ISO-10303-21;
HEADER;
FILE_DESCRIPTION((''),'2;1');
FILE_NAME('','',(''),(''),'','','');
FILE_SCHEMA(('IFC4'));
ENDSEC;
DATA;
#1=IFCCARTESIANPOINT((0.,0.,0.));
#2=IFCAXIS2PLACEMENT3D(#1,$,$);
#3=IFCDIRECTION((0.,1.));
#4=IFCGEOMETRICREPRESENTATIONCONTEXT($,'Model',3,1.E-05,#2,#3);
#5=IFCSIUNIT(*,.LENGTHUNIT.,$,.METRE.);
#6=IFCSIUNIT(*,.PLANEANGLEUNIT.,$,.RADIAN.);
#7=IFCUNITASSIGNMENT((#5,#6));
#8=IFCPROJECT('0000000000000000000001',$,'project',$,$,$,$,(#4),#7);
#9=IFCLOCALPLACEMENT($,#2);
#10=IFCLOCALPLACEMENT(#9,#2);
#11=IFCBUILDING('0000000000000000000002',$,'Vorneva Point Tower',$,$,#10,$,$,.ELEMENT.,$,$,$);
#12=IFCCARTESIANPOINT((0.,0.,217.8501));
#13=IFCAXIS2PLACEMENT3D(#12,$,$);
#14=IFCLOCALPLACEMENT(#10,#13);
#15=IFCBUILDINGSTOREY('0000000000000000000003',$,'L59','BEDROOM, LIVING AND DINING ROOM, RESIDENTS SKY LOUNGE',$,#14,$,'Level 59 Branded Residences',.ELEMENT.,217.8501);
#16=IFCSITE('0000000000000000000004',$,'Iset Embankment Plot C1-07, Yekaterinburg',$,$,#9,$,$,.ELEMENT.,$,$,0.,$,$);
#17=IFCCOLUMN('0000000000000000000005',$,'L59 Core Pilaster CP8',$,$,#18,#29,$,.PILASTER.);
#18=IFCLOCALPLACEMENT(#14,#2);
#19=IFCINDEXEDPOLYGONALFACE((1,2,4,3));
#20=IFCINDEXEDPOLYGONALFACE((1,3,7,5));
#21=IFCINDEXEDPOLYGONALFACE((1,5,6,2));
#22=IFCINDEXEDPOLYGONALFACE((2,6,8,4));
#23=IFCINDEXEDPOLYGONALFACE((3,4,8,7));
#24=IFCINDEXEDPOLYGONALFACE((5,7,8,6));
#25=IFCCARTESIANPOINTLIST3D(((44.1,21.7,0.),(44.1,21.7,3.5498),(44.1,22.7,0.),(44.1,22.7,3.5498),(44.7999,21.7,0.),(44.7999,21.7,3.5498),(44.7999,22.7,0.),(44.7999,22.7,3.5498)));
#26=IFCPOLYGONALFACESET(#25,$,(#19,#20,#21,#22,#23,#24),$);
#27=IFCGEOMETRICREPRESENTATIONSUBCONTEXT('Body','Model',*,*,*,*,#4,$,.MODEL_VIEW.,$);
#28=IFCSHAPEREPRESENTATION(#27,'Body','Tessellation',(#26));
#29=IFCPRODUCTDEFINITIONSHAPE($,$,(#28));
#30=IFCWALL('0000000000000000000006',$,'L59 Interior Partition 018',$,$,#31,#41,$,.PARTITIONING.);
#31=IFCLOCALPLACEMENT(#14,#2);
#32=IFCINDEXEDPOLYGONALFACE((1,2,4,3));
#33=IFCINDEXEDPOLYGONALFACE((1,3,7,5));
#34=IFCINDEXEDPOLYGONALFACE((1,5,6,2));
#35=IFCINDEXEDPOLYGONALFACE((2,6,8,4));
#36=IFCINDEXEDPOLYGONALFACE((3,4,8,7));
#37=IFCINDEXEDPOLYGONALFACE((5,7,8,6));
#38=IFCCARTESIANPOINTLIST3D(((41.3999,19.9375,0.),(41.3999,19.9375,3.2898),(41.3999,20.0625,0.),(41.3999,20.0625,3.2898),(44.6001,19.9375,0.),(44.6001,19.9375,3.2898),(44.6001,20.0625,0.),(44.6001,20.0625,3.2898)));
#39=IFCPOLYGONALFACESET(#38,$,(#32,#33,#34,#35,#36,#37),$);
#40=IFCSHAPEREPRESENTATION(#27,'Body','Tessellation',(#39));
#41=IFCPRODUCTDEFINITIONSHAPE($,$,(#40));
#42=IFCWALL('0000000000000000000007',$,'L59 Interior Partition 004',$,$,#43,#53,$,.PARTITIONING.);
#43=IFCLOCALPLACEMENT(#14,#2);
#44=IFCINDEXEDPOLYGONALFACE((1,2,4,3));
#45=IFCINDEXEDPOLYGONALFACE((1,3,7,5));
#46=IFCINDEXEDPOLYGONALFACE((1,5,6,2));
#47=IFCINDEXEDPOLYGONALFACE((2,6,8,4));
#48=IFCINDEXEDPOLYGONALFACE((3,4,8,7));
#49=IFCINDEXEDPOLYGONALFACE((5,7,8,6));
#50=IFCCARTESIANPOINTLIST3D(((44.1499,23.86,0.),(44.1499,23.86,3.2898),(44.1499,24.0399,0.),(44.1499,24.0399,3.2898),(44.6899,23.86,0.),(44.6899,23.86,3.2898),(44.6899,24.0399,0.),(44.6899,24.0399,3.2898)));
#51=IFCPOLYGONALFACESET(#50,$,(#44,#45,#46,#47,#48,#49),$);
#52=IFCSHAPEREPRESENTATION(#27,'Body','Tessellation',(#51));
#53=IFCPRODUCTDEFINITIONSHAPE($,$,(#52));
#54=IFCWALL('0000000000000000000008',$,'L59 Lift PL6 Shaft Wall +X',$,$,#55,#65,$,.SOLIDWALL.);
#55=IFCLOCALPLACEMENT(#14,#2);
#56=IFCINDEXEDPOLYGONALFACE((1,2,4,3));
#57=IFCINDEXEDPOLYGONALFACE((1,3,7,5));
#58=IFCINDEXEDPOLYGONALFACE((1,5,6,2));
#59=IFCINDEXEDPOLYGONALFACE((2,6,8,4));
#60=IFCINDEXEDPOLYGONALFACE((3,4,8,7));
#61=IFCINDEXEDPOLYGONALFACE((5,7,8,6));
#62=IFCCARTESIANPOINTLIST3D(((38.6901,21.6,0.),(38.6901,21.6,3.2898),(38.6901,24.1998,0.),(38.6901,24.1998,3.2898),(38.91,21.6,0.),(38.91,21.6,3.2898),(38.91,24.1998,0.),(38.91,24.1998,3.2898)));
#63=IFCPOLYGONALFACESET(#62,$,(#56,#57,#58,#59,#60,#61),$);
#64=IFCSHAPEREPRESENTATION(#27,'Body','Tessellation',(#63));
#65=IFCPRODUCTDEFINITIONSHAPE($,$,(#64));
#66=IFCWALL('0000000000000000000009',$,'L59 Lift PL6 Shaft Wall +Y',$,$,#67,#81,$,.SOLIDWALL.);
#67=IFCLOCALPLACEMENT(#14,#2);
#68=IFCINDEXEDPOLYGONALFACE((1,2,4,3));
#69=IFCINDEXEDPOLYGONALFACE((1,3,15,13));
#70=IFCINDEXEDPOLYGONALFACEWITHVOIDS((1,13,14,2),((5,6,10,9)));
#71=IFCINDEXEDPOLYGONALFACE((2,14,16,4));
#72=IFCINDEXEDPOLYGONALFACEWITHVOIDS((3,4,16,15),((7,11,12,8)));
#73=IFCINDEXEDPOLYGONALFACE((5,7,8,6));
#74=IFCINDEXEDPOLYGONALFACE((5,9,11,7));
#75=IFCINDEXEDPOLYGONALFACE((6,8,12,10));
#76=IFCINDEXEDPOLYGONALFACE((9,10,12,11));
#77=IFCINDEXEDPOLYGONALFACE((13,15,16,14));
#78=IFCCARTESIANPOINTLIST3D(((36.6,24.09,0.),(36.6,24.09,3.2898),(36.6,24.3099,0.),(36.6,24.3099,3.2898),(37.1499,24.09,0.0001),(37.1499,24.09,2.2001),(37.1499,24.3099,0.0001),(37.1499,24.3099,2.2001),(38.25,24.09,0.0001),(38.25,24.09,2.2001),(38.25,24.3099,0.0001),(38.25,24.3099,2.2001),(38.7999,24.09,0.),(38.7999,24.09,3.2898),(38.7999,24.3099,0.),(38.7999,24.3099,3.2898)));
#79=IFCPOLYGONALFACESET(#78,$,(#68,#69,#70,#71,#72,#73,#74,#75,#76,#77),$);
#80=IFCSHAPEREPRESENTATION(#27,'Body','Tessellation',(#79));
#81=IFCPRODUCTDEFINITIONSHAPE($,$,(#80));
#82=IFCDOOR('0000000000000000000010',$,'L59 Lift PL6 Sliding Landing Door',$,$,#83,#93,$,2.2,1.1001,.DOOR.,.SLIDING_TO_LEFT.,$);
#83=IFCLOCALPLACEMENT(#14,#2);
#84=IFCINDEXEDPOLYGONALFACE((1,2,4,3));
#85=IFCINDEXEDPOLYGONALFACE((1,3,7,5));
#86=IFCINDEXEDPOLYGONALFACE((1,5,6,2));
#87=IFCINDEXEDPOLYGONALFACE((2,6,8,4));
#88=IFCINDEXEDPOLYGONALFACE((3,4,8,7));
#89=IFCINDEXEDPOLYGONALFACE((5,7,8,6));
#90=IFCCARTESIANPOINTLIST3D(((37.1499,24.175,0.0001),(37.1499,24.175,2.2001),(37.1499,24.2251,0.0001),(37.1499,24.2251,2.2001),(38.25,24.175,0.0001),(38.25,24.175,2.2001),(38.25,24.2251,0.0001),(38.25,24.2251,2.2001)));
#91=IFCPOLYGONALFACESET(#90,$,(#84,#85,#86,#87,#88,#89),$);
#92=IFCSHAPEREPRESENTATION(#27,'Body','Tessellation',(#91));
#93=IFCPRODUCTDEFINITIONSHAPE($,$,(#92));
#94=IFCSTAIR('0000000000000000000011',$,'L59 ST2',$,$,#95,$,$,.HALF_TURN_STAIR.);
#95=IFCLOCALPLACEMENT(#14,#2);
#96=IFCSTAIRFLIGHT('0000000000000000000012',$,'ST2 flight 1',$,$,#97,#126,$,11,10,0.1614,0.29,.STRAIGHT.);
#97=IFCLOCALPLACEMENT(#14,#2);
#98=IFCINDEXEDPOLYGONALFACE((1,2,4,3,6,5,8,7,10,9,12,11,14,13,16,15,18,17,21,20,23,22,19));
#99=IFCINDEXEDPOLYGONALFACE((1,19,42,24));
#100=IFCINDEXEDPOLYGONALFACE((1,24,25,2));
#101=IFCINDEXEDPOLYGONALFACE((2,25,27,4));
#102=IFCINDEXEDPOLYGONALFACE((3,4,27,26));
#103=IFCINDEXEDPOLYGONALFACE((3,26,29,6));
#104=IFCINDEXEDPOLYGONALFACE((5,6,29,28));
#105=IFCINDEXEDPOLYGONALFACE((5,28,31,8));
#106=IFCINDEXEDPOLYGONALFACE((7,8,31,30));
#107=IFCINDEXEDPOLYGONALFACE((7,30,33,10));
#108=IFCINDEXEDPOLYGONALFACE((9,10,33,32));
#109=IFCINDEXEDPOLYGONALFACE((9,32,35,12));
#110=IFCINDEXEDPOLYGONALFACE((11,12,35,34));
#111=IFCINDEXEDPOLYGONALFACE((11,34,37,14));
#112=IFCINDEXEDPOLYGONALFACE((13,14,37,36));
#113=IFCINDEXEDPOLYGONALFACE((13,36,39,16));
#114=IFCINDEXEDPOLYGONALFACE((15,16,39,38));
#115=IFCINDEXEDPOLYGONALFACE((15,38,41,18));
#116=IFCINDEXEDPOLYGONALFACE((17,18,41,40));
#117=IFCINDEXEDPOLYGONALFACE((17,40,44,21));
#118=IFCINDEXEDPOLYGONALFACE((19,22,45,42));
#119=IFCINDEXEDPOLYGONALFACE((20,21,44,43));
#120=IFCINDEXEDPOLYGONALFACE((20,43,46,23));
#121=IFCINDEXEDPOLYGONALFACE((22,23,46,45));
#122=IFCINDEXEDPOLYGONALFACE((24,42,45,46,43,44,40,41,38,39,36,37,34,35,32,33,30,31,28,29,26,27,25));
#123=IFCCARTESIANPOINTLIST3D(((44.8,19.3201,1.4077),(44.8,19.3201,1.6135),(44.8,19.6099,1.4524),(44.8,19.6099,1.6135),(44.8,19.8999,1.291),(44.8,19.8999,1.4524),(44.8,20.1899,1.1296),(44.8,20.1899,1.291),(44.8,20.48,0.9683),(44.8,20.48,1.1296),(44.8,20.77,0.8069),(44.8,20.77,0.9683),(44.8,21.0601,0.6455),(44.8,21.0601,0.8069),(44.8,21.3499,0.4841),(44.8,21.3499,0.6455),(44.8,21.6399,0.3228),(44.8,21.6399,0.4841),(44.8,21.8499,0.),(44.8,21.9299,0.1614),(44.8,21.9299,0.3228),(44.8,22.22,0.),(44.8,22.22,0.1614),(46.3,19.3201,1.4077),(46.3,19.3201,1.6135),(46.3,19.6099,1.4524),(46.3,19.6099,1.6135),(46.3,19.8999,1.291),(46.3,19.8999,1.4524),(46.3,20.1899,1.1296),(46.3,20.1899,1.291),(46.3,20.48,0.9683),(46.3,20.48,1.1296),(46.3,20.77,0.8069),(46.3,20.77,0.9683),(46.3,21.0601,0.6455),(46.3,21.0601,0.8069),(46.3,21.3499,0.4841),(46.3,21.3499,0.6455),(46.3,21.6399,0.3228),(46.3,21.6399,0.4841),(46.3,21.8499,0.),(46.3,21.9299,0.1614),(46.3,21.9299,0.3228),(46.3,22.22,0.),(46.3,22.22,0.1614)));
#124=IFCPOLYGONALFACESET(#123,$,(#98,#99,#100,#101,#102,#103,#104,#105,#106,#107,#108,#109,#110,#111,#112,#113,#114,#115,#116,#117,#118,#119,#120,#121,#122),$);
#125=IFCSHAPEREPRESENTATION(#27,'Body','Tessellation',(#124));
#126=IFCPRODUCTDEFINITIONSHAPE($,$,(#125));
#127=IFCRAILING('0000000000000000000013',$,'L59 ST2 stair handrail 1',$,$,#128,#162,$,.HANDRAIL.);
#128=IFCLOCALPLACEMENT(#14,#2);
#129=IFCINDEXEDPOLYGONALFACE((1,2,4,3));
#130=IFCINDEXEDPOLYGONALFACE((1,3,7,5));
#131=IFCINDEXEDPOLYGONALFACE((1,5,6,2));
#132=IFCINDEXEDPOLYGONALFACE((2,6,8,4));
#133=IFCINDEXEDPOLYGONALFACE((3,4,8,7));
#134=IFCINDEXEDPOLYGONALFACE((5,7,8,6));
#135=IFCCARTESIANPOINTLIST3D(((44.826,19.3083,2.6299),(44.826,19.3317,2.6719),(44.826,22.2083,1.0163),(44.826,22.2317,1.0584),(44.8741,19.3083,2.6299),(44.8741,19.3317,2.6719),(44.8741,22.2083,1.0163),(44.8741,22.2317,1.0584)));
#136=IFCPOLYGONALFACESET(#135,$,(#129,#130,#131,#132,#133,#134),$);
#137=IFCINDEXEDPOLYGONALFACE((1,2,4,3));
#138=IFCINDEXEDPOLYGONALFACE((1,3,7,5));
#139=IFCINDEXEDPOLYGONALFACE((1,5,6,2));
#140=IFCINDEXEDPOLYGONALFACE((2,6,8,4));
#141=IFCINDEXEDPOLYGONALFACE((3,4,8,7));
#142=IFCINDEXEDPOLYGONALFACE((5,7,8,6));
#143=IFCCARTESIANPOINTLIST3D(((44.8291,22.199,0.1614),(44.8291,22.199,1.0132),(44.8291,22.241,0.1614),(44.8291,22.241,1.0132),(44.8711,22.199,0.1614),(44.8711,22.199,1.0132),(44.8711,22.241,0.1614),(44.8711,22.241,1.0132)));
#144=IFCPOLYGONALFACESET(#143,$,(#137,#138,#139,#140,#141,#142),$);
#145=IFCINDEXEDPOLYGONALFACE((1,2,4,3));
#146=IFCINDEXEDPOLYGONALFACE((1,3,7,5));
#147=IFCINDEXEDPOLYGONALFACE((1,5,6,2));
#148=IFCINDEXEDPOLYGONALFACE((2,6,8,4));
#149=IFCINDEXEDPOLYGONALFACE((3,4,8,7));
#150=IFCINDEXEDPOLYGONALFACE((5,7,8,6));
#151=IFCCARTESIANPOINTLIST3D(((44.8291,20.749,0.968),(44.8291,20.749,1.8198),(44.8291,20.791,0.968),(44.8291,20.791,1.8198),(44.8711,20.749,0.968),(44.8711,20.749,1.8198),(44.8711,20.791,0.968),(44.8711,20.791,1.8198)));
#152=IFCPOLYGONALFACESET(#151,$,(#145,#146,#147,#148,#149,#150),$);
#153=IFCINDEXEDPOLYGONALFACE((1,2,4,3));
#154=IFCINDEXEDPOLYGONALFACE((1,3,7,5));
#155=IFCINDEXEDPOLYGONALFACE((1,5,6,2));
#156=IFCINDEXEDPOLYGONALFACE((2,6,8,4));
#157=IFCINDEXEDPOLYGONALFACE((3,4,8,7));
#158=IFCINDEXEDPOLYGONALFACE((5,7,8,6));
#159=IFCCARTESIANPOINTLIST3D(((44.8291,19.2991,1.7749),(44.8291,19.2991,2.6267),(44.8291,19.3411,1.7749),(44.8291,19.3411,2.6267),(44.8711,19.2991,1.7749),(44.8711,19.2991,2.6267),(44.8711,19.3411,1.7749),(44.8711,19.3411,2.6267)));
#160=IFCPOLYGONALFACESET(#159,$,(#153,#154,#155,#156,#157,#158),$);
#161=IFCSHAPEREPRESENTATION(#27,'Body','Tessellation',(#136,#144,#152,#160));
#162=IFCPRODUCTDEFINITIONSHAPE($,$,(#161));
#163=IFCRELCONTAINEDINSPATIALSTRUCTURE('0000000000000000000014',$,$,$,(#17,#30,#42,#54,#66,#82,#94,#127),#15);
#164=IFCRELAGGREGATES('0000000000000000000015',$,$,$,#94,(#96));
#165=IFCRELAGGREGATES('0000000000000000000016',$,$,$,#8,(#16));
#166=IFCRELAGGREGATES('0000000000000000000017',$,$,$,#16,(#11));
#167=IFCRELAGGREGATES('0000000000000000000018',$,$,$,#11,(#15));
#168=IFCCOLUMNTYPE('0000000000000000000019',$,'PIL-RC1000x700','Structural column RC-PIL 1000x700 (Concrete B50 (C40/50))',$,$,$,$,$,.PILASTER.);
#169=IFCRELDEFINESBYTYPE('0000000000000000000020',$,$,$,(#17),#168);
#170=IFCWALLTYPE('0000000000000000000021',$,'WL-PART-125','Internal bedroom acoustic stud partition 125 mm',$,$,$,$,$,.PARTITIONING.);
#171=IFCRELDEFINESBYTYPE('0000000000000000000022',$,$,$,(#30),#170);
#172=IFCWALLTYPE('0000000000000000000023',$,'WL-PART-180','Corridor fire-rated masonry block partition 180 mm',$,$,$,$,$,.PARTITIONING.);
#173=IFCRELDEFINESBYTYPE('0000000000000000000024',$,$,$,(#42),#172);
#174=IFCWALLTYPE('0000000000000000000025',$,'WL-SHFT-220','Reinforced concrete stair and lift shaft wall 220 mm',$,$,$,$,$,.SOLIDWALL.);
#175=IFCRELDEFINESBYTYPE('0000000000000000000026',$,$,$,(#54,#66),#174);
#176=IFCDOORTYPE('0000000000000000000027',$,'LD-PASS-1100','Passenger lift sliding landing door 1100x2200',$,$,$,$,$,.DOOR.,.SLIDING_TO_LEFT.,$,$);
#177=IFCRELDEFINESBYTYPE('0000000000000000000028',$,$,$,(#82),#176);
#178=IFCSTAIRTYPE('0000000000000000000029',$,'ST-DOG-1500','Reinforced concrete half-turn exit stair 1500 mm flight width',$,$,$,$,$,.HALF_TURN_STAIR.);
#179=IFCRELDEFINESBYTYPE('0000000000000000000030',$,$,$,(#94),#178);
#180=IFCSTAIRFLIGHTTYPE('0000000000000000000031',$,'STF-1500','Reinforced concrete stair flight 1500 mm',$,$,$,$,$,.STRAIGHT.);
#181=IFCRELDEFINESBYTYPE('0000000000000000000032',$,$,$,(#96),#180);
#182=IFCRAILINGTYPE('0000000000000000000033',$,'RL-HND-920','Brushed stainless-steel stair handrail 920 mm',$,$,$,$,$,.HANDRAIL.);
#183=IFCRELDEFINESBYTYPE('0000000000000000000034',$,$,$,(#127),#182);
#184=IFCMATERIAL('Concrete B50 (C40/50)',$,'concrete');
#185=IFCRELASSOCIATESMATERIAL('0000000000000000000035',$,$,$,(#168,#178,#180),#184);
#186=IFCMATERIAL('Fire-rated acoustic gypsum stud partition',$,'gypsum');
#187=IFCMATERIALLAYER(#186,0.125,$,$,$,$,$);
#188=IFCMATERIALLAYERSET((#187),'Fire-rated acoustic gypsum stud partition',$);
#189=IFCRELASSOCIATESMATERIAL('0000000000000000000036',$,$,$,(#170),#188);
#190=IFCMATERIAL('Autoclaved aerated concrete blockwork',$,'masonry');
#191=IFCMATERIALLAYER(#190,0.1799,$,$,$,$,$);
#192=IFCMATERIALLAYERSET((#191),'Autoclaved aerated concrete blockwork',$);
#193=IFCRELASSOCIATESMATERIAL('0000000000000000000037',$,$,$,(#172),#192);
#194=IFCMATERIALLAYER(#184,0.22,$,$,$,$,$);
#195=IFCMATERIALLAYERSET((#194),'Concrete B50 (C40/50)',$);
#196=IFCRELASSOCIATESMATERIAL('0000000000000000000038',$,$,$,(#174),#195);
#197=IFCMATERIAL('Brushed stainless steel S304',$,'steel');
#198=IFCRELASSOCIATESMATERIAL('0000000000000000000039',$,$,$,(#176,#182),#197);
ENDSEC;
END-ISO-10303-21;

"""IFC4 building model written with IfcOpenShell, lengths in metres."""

from ifc_helpers import new_model, si_unit, direction, frame, frame_2d, origin, origin_2d, place, context, subcontext, project, spatial, polyline, rectangle, outline, extrude, material, layer, layer_set, material_profile, profile_set, type_object, element, fill, aggregate, save


model = new_model("IFC4")

# Units and contexts
model_context = context("Model", 3, precision=1e-05, world=origin(), true_north=direction((0.0, 1.0)))
body_context = subcontext(model_context, "Body", "Model", "MODEL_VIEW")
ifc_project = project(units=[si_unit("LENGTHUNIT", "METRE"), si_unit("PLANEANGLEUNIT", "RADIAN")], contexts=[model_context])

# Site, building, storey
site_placement = place(None, origin())
site = spatial("IfcSite", under=ifc_project, at=site_placement, Name="Iset Embankment Plot C1-07, Yekaterinburg", CompositionType="ELEMENT", RefElevation=0.0)
building_placement = place(site_placement, origin())
building = spatial("IfcBuilding", under=site, at=building_placement, Name="Vorneva Point Tower", CompositionType="ELEMENT")
storey_placement = place(building_placement, frame((0.0, 0.0, 217.8501)))
storey = spatial("IfcBuildingStorey", under=building, at=storey_placement, Name="L59", Description="BEDROOM, LIVING AND DINING ROOM, RESIDENTS SKY LOUNGE", LongName="Level 59 Branded Residences", CompositionType="ELEMENT", Elevation=217.8501)

# Column
ifc_material_1 = material(Name="Concrete B50 (C40/50)", Category="concrete")
ifc_material_profile = material_profile(ifc_material_1, rectangle(XDim=0.7, YDim=1.0, at=origin_2d()), Name="RC-PIL 1000x700")
ifc_profile_set = profile_set([ifc_material_profile], Name="Concrete B50 (C40/50)")
column_type = type_object("IfcColumnType", Name="PIL-RC1000x700", Description="Structural column RC-PIL 1000x700 (Concrete B50 (C40/50))", PredefinedType="PILASTER", material=ifc_profile_set)
column_placement = place(storey_placement, frame((44.45, 22.2, 0.0), z_axis=(0.0, 0.0, 1.0), x_axis=(1.0, 0.0, 0.0)))
element("IfcColumn", 1, at=column_placement, inside=storey, type_object=column_type, Name="L59 Core Pilaster CP8", PredefinedType="PILASTER", context=body_context, shape_type="SweptSolid", body=[
    extrude(rectangle(XDim=0.7, YDim=1.0, at=origin_2d()), origin(), (0.0, 0.0, 1.0), 3.5498),
])

# Walls
ifc_material_2 = material(Name="Fire-rated acoustic gypsum stud partition", Category="gypsum")
ifc_layer_1 = layer(ifc_material_2, 0.125)
ifc_layer_set_1 = layer_set([ifc_layer_1], Name="Fire-rated acoustic gypsum stud partition")
wall_type_1 = type_object("IfcWallType", Name="WL-PART-125", Description="Internal bedroom acoustic stud partition 125 mm", PredefinedType="PARTITIONING", material=ifc_layer_set_1)
wall_1_placement = place(storey_placement, frame((44.6001, 20.0, 0.0), z_axis=(0.0, 0.0, 1.0), x_axis=(-1.0, 0.0, 0.0)))
element("IfcWall", 2, at=wall_1_placement, inside=storey, type_object=wall_type_1, Name="L59 Interior Partition 018", PredefinedType="PARTITIONING", context=body_context, shape_type="SweptSolid", body=[
    extrude(rectangle(XDim=3.2002, YDim=0.125, at=frame_2d((1.6001, 0.0))), origin(), (0.0, 0.0, 1.0), 3.2898),
])
ifc_material_3 = material(Name="Autoclaved aerated concrete blockwork", Category="masonry")
ifc_layer_2 = layer(ifc_material_3, 0.1799)
ifc_layer_set_2 = layer_set([ifc_layer_2], Name="Autoclaved aerated concrete blockwork")
wall_type_2 = type_object("IfcWallType", Name="WL-PART-180", Description="Corridor fire-rated masonry block partition 180 mm", PredefinedType="PARTITIONING", material=ifc_layer_set_2)
wall_2_placement = place(storey_placement, frame((44.1499, 23.95, 0.0), z_axis=(0.0, 0.0, 1.0), x_axis=(1.0, 0.0, 0.0)))
element("IfcWall", 3, at=wall_2_placement, inside=storey, type_object=wall_type_2, Name="L59 Interior Partition 004", PredefinedType="PARTITIONING", context=body_context, shape_type="SweptSolid", body=[
    extrude(rectangle(XDim=0.54, YDim=0.1799, at=frame_2d((0.27, 0.0))), origin(), (0.0, 0.0, 1.0), 3.2898),
])

# Shared definitions
ifc_layer_3 = layer(ifc_material_1, 0.22)
ifc_layer_set_3 = layer_set([ifc_layer_3], Name="Concrete B50 (C40/50)")
wall_type_3 = type_object("IfcWallType", Name="WL-SHFT-220", Description="Reinforced concrete stair and lift shaft wall 220 mm", PredefinedType="SOLIDWALL", material=ifc_layer_set_3)

# Wall
wall_3_placement = place(storey_placement, frame((38.8, 21.6001, 0.0), z_axis=(0.0, 0.0, 1.0), x_axis=(0.0, 1.0, 0.0)))
element("IfcWall", 4, at=wall_3_placement, inside=storey, type_object=wall_type_3, Name="L59 Lift PL6 Shaft Wall +X", PredefinedType="SOLIDWALL", context=body_context, shape_type="SweptSolid", body=[
    extrude(rectangle(XDim=2.5999, YDim=0.22, at=frame_2d((1.2998, 0.0))), origin(), (0.0, 0.0, 1.0), 3.2898),
])

# Wall, opening, door
wall_4_placement = place(storey_placement, frame((38.8, 24.2, 0.0), z_axis=(0.0, 0.0, 1.0), x_axis=(-1.0, 0.0, 0.0)))
wall_4 = element("IfcWall", 5, at=wall_4_placement, inside=storey, type_object=wall_type_3, Name="L59 Lift PL6 Shaft Wall +Y", PredefinedType="SOLIDWALL", context=body_context, shape_type="SweptSolid", body=[
    extrude(rectangle(XDim=2.2, YDim=0.22, at=frame_2d((1.1001, 0.0))), origin(), (0.0, 0.0, 1.0), 3.2898),
])
opening_1_placement = place(wall_4_placement, frame((0.55, 0.0, 0.0)))
opening_1 = element("IfcOpeningElement", 6, at=opening_1_placement, cuts=wall_4, PredefinedType="OPENING", context=body_context, shape_type="SweptSolid", body=[
    extrude(rectangle(XDim=1.1001, YDim=2.2, at=frame_2d((0.55, 1.1001))), frame((0.0, 0.125, 0.0), z_axis=(0.0, -1.0, 0.0), x_axis=(1.0, 0.0, 0.0)), (0.0, 0.0, 1.0), 0.2498),
])
ifc_material_4 = material(Name="Brushed stainless steel S304", Category="steel")
door_type_1 = type_object("IfcDoorType", Name="LD-PASS-1100", Description="Passenger lift sliding landing door 1100x2200", OperationType="SLIDING_TO_LEFT", PredefinedType="DOOR", material=ifc_material_4)
door_1_placement = place(opening_1_placement, origin())
door_1 = element("IfcDoor", 7, at=door_1_placement, inside=storey, type_object=door_type_1, Name="L59 Lift PL6 Sliding Landing Door", OperationType="SLIDING_TO_LEFT", OverallHeight=2.2, OverallWidth=1.1001, PredefinedType="DOOR", context=body_context, shape_type="SweptSolid", body=[
    extrude(rectangle(XDim=1.1001, YDim=2.2, at=frame_2d((0.55, 1.1001))), frame((0.0, 0.0249, 0.0), z_axis=(0.0, -1.0, 0.0), x_axis=(1.0, 0.0, 0.0)), (0.0, 0.0, 1.0), 0.05),
])
fill(opening_1, door_1)

# Stair, stair flight
stair_type = type_object("IfcStairType", Name="ST-DOG-1500", Description="Reinforced concrete half-turn exit stair 1500 mm flight width", PredefinedType="HALF_TURN_STAIR", material=ifc_material_1)
stair_placement = place(storey_placement, origin())
stair = element("IfcStair", 8, at=stair_placement, inside=storey, type_object=stair_type, Name="L59 ST2", PredefinedType="HALF_TURN_STAIR")
stair_flight_type = type_object("IfcStairFlightType", Name="STF-1500", Description="Reinforced concrete stair flight 1500 mm", PredefinedType="STRAIGHT", material=ifc_material_1)
stair_flight_placement = place(storey_placement, frame((45.55, 22.22, 0.0), z_axis=(0.0, 0.0, 1.0), x_axis=(0.0, -1.0, 0.0)))
stair_flight = element("IfcStairFlight", 9, at=stair_flight_placement, type_object=stair_flight_type, Name="ST2 flight 1", NumberOfRisers=11, NumberOfTreads=10, PredefinedType="STRAIGHT", RiserHeight=0.1614, TreadLength=0.29, context=body_context, shape_type="SweptSolid", body=[
    extrude(outline(polyline([(0.0, 0.0), (0.0, 0.1614), (0.29, 0.1614), (0.29, 0.3228), (0.5801, 0.3228), (0.5801, 0.4841), (0.8701, 0.4841), (0.8701, 0.6455), (1.1599, 0.6455), (1.1599, 0.8069), (1.45, 0.8069), (1.45, 0.9683), (1.74, 0.9683), (1.74, 1.1296), (2.03, 1.1296), (2.03, 1.291), (2.3201, 1.291), (2.3201, 1.4524), (2.6101, 1.4524), (2.6101, 1.6135), (2.8999, 1.6135), (2.8999, 1.7749), (2.8999, 1.4077), (0.3701, 0.0), (0.0, 0.0)])), frame((0.0, 0.75, 0.0), z_axis=(0.0, -1.0, 0.0), x_axis=(1.0, 0.0, 0.0)), (0.0, 0.0, 1.0), 1.5),
])
aggregate(stair, [stair_flight])

# Railing
railing_type_1 = type_object("IfcRailingType", Name="RL-HND-920", Description="Brushed stainless-steel stair handrail 920 mm", PredefinedType="HANDRAIL", material=ifc_material_4)
railing_1_placement = place(storey_placement, frame((44.8501, 22.22, 0.1614)))
element("IfcRailing", 10, at=railing_1_placement, inside=storey, type_object=railing_type_1, Name="L59 ST2 stair handrail 1", PredefinedType="HANDRAIL", context=body_context, shape_type="SweptSolid", body=[
    extrude(rectangle(XDim=0.0481, YDim=0.0481, at=origin_2d()), frame((0.0, 0.0, 0.876), z_axis=(0.0, -0.873841, 0.486211), x_axis=(1.0, 0.0, 0.0)), (0.0, 0.0, 1.0), 3.3186),
    extrude(rectangle(XDim=0.042, YDim=0.042, at=origin_2d()), origin(), (0.0, 0.0, 1.0), 0.8518),
    extrude(rectangle(XDim=0.042, YDim=0.042, at=origin_2d()), frame((0.0, -1.45, 0.8066)), (0.0, 0.0, 1.0), 0.8518),
    extrude(rectangle(XDim=0.042, YDim=0.042, at=origin_2d()), frame((0.0, -2.8999, 1.6135)), (0.0, 0.0, 1.0), 0.8518),
])

save(model, "model.ifc")
